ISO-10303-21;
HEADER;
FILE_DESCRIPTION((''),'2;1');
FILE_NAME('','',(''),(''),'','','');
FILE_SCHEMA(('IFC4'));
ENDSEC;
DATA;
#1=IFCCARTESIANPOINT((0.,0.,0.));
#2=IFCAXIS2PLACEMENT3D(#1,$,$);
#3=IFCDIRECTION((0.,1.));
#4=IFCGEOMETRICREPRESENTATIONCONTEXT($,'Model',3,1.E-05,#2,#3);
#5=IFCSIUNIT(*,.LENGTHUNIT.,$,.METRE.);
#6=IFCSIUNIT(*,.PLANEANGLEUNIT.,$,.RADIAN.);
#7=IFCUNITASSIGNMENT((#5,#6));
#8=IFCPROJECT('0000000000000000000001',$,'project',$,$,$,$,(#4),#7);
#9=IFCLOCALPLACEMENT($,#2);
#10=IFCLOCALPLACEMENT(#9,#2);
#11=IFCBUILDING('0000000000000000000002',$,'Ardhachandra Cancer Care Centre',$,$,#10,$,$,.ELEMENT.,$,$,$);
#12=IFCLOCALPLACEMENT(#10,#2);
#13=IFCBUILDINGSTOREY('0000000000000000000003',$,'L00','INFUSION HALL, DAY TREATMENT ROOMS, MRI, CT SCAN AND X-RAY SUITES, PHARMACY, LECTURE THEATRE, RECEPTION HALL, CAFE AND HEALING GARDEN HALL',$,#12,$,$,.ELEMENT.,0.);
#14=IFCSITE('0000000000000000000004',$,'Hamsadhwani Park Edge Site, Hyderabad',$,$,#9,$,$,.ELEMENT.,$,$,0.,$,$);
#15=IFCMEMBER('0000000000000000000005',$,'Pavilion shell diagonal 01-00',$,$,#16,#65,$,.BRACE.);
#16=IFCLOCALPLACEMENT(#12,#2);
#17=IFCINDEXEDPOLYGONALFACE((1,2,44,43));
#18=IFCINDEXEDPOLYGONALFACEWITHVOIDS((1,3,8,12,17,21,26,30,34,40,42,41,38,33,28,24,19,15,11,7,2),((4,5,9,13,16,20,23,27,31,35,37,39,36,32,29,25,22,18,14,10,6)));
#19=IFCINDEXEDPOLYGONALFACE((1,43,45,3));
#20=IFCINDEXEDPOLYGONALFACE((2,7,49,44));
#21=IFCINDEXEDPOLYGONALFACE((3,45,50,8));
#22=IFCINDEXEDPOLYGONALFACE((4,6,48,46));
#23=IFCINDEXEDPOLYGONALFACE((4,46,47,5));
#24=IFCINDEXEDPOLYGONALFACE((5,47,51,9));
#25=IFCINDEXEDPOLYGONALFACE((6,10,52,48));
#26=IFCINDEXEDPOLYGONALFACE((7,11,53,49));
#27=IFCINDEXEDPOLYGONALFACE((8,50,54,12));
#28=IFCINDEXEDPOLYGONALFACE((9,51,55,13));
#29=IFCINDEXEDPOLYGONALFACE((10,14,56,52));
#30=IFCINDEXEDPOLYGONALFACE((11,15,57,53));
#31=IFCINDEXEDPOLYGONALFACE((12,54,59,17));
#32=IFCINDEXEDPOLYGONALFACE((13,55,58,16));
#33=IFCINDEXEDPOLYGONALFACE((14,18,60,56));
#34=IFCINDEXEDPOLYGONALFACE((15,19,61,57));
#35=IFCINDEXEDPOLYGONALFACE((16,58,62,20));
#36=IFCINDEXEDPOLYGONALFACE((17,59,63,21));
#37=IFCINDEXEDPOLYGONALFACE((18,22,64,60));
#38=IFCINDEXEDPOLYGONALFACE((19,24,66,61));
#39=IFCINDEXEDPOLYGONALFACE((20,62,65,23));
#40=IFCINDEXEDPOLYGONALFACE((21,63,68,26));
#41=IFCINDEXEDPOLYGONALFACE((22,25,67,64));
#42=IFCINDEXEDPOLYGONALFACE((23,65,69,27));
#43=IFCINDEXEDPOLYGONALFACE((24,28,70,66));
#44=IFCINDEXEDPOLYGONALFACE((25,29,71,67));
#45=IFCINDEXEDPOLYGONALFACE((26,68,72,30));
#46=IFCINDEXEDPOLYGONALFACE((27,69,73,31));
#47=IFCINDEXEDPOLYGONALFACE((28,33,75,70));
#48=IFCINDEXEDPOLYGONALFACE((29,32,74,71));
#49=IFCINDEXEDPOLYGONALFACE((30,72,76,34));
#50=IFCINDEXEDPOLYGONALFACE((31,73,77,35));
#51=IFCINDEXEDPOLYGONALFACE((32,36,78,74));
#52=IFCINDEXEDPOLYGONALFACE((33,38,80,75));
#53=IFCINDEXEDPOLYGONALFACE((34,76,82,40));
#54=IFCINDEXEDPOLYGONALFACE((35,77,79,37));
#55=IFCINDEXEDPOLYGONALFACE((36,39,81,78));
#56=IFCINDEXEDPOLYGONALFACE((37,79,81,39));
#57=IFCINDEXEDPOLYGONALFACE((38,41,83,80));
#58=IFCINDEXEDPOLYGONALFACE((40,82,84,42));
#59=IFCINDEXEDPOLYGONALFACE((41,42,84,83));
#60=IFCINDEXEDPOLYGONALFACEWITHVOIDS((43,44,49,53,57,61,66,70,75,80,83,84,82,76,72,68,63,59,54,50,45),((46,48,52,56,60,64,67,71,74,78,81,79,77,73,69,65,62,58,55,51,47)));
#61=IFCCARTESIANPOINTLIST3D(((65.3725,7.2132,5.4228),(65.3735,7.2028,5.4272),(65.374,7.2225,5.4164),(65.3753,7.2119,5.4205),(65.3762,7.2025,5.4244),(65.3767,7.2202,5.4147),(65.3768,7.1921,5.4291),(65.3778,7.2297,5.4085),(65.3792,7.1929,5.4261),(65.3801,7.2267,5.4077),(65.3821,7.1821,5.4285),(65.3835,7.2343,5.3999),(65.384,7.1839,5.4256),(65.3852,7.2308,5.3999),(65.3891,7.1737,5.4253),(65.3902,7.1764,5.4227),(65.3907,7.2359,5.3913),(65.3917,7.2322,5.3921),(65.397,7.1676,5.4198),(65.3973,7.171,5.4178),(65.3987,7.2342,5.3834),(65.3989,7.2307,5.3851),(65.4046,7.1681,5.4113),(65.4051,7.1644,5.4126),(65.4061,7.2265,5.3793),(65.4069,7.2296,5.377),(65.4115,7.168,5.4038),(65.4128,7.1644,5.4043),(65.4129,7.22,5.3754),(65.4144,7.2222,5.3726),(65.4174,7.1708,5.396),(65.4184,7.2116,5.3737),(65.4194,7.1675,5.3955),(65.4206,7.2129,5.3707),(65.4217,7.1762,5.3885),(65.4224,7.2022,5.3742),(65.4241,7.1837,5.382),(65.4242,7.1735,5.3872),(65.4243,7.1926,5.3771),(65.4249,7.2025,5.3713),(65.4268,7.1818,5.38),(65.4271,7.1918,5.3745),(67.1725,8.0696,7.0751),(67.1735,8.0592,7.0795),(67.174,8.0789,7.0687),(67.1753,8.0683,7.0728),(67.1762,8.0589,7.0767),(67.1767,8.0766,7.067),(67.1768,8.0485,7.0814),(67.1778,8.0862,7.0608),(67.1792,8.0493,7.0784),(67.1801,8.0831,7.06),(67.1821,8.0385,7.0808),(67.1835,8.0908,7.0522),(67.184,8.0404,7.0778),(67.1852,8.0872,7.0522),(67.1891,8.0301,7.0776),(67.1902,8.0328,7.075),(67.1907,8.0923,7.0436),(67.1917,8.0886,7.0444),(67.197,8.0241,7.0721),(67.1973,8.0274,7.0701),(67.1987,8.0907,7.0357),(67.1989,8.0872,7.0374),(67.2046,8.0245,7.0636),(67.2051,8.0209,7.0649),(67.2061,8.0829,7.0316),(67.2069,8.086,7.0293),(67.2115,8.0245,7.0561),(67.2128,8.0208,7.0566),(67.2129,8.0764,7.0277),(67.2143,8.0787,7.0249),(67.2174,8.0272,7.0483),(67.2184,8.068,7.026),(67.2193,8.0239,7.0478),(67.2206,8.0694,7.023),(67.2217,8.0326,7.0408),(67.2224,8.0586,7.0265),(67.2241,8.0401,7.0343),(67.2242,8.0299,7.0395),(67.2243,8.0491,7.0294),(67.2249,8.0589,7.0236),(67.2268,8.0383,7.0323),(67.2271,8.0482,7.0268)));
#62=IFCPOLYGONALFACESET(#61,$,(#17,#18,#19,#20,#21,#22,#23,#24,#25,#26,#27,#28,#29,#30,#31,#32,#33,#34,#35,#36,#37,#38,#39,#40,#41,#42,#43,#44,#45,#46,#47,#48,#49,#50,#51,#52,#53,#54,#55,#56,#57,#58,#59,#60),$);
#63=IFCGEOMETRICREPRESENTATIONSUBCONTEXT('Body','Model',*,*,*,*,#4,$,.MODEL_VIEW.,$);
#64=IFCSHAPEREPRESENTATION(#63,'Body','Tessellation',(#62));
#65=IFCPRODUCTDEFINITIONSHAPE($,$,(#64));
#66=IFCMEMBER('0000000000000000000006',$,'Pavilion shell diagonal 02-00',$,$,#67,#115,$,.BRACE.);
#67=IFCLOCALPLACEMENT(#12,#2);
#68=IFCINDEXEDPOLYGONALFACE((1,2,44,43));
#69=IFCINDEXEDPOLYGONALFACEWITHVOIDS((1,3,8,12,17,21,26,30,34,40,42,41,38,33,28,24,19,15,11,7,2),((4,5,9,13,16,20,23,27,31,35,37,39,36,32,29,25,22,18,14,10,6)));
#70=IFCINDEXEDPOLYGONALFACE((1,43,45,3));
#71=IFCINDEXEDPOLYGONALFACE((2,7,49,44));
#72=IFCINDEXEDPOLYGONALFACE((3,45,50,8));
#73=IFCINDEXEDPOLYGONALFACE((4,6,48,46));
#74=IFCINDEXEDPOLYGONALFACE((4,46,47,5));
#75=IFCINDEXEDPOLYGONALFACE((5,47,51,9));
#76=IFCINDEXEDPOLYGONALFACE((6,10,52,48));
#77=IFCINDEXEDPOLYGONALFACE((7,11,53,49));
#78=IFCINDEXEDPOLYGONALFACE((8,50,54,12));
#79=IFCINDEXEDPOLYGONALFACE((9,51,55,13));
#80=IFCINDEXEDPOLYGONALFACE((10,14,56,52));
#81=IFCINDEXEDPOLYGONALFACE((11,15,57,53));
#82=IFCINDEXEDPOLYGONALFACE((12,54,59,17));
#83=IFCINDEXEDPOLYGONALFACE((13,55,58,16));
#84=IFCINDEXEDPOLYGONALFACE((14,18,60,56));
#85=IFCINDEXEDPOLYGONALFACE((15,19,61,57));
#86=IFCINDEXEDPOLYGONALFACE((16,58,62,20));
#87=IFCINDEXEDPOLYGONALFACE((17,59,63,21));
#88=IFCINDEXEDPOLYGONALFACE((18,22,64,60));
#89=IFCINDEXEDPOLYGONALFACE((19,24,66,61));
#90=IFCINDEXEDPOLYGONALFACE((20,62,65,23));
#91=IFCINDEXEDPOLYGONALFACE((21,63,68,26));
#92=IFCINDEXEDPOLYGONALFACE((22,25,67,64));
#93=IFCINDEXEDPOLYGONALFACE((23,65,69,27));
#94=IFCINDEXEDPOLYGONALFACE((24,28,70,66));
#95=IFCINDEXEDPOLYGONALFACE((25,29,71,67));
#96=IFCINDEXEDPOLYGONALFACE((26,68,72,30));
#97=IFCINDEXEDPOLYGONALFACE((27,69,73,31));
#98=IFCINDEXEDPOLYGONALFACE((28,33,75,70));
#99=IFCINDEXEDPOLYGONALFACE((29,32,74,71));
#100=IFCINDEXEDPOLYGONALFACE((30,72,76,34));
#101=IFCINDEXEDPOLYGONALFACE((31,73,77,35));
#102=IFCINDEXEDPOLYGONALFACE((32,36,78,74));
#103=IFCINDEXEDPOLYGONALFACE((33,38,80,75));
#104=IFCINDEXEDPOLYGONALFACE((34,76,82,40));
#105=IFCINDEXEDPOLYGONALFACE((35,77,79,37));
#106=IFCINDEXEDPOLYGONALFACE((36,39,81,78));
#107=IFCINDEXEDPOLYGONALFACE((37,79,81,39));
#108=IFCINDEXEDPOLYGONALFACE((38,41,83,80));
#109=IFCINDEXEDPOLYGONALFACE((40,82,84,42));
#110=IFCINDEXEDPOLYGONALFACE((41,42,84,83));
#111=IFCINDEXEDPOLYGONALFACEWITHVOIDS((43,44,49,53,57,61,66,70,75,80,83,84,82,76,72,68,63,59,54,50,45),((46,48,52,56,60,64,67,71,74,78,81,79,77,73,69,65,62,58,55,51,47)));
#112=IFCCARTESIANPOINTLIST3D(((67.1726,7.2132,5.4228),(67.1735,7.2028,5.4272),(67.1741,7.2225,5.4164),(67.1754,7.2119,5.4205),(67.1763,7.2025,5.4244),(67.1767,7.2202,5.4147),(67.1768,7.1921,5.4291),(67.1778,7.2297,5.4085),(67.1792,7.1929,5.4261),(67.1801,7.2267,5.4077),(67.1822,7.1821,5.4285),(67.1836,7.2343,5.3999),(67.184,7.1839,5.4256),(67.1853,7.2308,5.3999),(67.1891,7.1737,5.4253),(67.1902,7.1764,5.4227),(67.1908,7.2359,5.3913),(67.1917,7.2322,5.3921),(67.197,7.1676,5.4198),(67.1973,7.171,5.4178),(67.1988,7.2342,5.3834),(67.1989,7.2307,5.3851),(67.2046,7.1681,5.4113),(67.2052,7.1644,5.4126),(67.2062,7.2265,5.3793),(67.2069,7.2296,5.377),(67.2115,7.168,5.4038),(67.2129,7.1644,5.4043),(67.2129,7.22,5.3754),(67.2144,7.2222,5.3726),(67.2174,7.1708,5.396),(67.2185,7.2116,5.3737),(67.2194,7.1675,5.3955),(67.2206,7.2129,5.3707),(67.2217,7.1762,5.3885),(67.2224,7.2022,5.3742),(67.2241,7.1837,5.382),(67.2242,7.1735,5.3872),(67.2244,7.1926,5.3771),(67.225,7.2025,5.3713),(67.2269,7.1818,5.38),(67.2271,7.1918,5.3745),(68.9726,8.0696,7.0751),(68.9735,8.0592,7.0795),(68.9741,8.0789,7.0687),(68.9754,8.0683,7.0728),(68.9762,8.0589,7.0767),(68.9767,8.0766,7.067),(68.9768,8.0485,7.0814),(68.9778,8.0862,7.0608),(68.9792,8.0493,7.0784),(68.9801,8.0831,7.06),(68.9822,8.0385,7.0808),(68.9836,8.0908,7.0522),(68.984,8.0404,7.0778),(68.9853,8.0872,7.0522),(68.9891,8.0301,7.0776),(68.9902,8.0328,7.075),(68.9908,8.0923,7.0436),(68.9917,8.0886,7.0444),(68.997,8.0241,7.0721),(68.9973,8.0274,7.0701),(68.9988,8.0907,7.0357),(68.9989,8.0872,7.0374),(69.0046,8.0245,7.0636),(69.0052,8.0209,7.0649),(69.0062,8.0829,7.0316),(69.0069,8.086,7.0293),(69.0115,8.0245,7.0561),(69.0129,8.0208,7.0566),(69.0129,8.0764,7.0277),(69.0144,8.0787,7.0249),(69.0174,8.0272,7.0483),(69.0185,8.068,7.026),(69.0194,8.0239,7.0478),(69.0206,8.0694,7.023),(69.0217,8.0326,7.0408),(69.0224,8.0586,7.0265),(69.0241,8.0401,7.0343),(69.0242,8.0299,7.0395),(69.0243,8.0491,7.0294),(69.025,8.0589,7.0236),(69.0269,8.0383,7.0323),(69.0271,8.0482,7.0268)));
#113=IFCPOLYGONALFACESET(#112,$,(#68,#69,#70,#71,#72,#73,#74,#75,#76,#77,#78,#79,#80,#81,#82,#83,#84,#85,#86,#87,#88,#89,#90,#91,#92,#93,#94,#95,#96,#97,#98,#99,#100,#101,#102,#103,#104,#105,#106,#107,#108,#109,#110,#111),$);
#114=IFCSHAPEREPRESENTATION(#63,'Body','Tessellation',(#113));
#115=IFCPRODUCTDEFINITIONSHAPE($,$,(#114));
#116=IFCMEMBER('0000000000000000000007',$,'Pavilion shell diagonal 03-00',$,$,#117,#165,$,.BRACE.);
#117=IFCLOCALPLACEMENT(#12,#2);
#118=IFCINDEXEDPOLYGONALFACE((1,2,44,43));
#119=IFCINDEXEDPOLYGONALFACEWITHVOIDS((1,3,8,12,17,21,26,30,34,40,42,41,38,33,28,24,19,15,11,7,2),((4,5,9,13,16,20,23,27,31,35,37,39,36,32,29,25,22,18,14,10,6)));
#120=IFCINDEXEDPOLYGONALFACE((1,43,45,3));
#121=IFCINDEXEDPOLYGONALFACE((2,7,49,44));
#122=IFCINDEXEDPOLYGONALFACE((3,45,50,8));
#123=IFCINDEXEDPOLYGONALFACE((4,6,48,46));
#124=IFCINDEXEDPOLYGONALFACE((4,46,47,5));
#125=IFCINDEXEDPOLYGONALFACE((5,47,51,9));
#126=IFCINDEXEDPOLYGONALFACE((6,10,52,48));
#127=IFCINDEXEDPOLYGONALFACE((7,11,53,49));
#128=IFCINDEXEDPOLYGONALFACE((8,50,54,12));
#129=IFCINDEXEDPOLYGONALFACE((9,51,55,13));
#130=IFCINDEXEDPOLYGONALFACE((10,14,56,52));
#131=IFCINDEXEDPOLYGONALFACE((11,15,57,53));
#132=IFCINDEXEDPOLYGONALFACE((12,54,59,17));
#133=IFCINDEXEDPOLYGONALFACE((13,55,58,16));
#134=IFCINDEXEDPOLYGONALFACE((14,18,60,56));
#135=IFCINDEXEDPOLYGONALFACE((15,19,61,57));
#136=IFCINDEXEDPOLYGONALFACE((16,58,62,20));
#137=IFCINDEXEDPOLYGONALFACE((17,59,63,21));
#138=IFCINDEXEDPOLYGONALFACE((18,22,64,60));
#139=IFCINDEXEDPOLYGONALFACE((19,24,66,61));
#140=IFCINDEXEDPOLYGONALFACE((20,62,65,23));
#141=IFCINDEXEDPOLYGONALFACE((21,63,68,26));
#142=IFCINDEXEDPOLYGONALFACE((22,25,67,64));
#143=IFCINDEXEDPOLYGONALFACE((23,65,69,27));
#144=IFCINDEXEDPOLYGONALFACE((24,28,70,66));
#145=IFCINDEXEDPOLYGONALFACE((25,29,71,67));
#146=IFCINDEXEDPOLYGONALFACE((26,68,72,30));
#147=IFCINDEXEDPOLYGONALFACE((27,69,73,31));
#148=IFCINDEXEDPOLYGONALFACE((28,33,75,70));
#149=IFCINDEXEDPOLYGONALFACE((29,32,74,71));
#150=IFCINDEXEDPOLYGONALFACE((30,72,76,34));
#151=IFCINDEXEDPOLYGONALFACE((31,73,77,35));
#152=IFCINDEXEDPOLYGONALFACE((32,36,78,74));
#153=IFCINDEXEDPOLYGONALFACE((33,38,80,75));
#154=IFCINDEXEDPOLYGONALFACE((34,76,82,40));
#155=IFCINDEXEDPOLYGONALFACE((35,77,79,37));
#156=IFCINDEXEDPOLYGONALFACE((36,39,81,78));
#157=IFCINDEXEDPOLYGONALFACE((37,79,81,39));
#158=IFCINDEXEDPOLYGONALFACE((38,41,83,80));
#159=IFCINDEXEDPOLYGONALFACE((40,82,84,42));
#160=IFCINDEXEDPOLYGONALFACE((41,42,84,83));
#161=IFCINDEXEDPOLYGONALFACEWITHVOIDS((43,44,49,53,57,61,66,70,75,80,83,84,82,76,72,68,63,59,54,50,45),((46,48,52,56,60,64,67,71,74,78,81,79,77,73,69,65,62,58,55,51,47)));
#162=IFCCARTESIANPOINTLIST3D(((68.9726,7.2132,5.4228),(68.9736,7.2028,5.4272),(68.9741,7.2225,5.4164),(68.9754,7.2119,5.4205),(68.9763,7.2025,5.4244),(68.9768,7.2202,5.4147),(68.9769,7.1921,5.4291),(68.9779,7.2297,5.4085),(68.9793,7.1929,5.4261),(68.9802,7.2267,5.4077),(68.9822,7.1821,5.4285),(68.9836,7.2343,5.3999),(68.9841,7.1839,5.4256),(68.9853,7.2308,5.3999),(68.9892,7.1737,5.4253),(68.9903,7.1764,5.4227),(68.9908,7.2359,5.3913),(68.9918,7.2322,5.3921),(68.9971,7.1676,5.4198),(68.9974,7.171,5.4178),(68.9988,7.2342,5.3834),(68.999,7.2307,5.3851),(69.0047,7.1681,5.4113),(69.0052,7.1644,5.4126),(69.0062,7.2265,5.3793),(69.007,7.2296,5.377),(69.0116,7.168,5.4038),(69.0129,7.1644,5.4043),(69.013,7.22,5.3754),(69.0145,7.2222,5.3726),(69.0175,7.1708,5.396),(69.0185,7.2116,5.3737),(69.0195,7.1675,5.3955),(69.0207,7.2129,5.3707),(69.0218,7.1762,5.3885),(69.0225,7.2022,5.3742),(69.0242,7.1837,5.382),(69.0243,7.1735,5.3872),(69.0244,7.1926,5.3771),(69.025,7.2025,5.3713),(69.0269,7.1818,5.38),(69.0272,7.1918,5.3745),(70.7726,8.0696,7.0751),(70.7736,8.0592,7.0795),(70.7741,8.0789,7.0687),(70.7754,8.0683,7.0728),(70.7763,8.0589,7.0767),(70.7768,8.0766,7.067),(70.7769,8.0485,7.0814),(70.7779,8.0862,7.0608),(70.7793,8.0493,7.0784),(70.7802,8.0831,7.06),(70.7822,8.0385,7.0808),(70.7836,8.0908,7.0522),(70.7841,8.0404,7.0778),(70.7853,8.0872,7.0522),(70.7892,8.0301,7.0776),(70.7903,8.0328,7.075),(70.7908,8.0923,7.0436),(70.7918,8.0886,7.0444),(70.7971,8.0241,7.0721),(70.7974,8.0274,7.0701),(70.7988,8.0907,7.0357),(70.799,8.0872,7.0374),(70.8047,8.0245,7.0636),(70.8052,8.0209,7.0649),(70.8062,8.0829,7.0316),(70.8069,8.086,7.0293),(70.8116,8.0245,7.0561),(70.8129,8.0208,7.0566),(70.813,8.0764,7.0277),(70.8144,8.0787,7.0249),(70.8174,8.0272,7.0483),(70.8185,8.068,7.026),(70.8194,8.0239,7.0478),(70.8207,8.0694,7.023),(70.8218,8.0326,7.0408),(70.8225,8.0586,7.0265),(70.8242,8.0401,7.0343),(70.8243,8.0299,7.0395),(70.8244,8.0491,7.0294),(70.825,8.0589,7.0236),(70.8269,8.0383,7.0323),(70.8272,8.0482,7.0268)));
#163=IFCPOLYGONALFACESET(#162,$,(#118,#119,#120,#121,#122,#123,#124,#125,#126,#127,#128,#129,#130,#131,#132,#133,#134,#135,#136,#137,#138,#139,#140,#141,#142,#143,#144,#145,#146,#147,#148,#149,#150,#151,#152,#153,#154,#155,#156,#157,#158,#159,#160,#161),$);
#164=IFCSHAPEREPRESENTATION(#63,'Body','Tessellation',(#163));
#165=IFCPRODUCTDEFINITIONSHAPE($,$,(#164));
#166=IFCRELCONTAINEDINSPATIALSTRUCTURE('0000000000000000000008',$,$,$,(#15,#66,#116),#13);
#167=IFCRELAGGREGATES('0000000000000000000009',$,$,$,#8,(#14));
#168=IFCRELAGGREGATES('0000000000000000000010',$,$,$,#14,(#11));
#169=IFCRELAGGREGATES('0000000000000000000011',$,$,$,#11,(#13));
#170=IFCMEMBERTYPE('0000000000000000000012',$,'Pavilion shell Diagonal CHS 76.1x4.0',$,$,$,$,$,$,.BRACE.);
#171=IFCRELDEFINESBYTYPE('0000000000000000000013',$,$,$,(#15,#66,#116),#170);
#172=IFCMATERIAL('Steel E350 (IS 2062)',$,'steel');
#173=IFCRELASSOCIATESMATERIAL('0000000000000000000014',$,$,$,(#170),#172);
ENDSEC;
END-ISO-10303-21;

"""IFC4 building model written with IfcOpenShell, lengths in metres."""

from ifc_helpers import new_model, si_unit, direction, frame, origin, origin_2d, place, context, subcontext, project, spatial, hollow_circle, extrude, material, material_profile, profile_set, type_object, element, save


model = new_model("IFC4")

# Units and contexts
model_context = context("Model", 3, precision=1e-05, world=origin(), true_north=direction((0.0, 1.0)))
body_context = subcontext(model_context, "Body", "Model", "MODEL_VIEW")
ifc_project = project(units=[si_unit("LENGTHUNIT", "METRE"), si_unit("PLANEANGLEUNIT", "RADIAN")], contexts=[model_context])

# Site, building, storey
site_placement = place(None, origin())
site = spatial("IfcSite", under=ifc_project, at=site_placement, Name="Hamsadhwani Park Edge Site, Hyderabad", CompositionType="ELEMENT", RefElevation=0.0)
building_placement = place(site_placement, origin())
building = spatial("IfcBuilding", under=site, at=building_placement, Name="Ardhachandra Cancer Care Centre", CompositionType="ELEMENT")
storey_placement = place(building_placement, origin())
storey = spatial("IfcBuildingStorey", under=building, at=storey_placement, Name="L00", Description="INFUSION HALL, DAY TREATMENT ROOMS, MRI, CT SCAN AND X-RAY SUITES, PHARMACY, LECTURE THEATRE, RECEPTION HALL, CAFE AND HEALING GARDEN HALL", CompositionType="ELEMENT", Elevation=0.0)

# Members
ifc_material_1 = material(Name="Steel E350 (IS 2062)", Category="steel")
ifc_material_profile_1 = material_profile(ifc_material_1, hollow_circle(Radius=0.0381, WallThickness=0.0039, at=origin_2d()), Name="CHS 76.1x4.0")
ifc_profile_set_1 = profile_set([ifc_material_profile_1], Name="Steel E350 (IS 2062)")
member_type_1 = type_object("IfcMemberType", Name="Pavilion shell Diagonal CHS 76.1x4.0", PredefinedType="BRACE", material=ifc_profile_set_1)
for number, where, z_axis, x_axis, name in (
    (1, (65.3999, 7.2, 5.3999), (0.695216, 0.330777, 0.63817), (-0.429639, 0.903001, 0.0), "Pavilion shell diagonal 01-00"),
    (2, (67.2, 7.2, 5.3999), (0.695216, 0.330777, 0.63817), (-0.429639, 0.903001, 0.0), "Pavilion shell diagonal 02-00"),
    (3, (69.0, 7.2, 5.3999), (0.695216, 0.330777, 0.63817), (-0.429639, 0.903001, 0.0), "Pavilion shell diagonal 03-00"),
):
    element("IfcMember", number, at=place(storey_placement, frame(where, z_axis=z_axis, x_axis=x_axis)), inside=storey, type_object=member_type_1, Name=name, PredefinedType="BRACE", context=body_context, shape_type="SweptSolid", body=[
        extrude(hollow_circle(Radius=0.0381, WallThickness=0.0039, at=origin_2d()), origin(), (0.0, 0.0, 1.0), 2.5891),
    ])

save(model, "model.ifc")
